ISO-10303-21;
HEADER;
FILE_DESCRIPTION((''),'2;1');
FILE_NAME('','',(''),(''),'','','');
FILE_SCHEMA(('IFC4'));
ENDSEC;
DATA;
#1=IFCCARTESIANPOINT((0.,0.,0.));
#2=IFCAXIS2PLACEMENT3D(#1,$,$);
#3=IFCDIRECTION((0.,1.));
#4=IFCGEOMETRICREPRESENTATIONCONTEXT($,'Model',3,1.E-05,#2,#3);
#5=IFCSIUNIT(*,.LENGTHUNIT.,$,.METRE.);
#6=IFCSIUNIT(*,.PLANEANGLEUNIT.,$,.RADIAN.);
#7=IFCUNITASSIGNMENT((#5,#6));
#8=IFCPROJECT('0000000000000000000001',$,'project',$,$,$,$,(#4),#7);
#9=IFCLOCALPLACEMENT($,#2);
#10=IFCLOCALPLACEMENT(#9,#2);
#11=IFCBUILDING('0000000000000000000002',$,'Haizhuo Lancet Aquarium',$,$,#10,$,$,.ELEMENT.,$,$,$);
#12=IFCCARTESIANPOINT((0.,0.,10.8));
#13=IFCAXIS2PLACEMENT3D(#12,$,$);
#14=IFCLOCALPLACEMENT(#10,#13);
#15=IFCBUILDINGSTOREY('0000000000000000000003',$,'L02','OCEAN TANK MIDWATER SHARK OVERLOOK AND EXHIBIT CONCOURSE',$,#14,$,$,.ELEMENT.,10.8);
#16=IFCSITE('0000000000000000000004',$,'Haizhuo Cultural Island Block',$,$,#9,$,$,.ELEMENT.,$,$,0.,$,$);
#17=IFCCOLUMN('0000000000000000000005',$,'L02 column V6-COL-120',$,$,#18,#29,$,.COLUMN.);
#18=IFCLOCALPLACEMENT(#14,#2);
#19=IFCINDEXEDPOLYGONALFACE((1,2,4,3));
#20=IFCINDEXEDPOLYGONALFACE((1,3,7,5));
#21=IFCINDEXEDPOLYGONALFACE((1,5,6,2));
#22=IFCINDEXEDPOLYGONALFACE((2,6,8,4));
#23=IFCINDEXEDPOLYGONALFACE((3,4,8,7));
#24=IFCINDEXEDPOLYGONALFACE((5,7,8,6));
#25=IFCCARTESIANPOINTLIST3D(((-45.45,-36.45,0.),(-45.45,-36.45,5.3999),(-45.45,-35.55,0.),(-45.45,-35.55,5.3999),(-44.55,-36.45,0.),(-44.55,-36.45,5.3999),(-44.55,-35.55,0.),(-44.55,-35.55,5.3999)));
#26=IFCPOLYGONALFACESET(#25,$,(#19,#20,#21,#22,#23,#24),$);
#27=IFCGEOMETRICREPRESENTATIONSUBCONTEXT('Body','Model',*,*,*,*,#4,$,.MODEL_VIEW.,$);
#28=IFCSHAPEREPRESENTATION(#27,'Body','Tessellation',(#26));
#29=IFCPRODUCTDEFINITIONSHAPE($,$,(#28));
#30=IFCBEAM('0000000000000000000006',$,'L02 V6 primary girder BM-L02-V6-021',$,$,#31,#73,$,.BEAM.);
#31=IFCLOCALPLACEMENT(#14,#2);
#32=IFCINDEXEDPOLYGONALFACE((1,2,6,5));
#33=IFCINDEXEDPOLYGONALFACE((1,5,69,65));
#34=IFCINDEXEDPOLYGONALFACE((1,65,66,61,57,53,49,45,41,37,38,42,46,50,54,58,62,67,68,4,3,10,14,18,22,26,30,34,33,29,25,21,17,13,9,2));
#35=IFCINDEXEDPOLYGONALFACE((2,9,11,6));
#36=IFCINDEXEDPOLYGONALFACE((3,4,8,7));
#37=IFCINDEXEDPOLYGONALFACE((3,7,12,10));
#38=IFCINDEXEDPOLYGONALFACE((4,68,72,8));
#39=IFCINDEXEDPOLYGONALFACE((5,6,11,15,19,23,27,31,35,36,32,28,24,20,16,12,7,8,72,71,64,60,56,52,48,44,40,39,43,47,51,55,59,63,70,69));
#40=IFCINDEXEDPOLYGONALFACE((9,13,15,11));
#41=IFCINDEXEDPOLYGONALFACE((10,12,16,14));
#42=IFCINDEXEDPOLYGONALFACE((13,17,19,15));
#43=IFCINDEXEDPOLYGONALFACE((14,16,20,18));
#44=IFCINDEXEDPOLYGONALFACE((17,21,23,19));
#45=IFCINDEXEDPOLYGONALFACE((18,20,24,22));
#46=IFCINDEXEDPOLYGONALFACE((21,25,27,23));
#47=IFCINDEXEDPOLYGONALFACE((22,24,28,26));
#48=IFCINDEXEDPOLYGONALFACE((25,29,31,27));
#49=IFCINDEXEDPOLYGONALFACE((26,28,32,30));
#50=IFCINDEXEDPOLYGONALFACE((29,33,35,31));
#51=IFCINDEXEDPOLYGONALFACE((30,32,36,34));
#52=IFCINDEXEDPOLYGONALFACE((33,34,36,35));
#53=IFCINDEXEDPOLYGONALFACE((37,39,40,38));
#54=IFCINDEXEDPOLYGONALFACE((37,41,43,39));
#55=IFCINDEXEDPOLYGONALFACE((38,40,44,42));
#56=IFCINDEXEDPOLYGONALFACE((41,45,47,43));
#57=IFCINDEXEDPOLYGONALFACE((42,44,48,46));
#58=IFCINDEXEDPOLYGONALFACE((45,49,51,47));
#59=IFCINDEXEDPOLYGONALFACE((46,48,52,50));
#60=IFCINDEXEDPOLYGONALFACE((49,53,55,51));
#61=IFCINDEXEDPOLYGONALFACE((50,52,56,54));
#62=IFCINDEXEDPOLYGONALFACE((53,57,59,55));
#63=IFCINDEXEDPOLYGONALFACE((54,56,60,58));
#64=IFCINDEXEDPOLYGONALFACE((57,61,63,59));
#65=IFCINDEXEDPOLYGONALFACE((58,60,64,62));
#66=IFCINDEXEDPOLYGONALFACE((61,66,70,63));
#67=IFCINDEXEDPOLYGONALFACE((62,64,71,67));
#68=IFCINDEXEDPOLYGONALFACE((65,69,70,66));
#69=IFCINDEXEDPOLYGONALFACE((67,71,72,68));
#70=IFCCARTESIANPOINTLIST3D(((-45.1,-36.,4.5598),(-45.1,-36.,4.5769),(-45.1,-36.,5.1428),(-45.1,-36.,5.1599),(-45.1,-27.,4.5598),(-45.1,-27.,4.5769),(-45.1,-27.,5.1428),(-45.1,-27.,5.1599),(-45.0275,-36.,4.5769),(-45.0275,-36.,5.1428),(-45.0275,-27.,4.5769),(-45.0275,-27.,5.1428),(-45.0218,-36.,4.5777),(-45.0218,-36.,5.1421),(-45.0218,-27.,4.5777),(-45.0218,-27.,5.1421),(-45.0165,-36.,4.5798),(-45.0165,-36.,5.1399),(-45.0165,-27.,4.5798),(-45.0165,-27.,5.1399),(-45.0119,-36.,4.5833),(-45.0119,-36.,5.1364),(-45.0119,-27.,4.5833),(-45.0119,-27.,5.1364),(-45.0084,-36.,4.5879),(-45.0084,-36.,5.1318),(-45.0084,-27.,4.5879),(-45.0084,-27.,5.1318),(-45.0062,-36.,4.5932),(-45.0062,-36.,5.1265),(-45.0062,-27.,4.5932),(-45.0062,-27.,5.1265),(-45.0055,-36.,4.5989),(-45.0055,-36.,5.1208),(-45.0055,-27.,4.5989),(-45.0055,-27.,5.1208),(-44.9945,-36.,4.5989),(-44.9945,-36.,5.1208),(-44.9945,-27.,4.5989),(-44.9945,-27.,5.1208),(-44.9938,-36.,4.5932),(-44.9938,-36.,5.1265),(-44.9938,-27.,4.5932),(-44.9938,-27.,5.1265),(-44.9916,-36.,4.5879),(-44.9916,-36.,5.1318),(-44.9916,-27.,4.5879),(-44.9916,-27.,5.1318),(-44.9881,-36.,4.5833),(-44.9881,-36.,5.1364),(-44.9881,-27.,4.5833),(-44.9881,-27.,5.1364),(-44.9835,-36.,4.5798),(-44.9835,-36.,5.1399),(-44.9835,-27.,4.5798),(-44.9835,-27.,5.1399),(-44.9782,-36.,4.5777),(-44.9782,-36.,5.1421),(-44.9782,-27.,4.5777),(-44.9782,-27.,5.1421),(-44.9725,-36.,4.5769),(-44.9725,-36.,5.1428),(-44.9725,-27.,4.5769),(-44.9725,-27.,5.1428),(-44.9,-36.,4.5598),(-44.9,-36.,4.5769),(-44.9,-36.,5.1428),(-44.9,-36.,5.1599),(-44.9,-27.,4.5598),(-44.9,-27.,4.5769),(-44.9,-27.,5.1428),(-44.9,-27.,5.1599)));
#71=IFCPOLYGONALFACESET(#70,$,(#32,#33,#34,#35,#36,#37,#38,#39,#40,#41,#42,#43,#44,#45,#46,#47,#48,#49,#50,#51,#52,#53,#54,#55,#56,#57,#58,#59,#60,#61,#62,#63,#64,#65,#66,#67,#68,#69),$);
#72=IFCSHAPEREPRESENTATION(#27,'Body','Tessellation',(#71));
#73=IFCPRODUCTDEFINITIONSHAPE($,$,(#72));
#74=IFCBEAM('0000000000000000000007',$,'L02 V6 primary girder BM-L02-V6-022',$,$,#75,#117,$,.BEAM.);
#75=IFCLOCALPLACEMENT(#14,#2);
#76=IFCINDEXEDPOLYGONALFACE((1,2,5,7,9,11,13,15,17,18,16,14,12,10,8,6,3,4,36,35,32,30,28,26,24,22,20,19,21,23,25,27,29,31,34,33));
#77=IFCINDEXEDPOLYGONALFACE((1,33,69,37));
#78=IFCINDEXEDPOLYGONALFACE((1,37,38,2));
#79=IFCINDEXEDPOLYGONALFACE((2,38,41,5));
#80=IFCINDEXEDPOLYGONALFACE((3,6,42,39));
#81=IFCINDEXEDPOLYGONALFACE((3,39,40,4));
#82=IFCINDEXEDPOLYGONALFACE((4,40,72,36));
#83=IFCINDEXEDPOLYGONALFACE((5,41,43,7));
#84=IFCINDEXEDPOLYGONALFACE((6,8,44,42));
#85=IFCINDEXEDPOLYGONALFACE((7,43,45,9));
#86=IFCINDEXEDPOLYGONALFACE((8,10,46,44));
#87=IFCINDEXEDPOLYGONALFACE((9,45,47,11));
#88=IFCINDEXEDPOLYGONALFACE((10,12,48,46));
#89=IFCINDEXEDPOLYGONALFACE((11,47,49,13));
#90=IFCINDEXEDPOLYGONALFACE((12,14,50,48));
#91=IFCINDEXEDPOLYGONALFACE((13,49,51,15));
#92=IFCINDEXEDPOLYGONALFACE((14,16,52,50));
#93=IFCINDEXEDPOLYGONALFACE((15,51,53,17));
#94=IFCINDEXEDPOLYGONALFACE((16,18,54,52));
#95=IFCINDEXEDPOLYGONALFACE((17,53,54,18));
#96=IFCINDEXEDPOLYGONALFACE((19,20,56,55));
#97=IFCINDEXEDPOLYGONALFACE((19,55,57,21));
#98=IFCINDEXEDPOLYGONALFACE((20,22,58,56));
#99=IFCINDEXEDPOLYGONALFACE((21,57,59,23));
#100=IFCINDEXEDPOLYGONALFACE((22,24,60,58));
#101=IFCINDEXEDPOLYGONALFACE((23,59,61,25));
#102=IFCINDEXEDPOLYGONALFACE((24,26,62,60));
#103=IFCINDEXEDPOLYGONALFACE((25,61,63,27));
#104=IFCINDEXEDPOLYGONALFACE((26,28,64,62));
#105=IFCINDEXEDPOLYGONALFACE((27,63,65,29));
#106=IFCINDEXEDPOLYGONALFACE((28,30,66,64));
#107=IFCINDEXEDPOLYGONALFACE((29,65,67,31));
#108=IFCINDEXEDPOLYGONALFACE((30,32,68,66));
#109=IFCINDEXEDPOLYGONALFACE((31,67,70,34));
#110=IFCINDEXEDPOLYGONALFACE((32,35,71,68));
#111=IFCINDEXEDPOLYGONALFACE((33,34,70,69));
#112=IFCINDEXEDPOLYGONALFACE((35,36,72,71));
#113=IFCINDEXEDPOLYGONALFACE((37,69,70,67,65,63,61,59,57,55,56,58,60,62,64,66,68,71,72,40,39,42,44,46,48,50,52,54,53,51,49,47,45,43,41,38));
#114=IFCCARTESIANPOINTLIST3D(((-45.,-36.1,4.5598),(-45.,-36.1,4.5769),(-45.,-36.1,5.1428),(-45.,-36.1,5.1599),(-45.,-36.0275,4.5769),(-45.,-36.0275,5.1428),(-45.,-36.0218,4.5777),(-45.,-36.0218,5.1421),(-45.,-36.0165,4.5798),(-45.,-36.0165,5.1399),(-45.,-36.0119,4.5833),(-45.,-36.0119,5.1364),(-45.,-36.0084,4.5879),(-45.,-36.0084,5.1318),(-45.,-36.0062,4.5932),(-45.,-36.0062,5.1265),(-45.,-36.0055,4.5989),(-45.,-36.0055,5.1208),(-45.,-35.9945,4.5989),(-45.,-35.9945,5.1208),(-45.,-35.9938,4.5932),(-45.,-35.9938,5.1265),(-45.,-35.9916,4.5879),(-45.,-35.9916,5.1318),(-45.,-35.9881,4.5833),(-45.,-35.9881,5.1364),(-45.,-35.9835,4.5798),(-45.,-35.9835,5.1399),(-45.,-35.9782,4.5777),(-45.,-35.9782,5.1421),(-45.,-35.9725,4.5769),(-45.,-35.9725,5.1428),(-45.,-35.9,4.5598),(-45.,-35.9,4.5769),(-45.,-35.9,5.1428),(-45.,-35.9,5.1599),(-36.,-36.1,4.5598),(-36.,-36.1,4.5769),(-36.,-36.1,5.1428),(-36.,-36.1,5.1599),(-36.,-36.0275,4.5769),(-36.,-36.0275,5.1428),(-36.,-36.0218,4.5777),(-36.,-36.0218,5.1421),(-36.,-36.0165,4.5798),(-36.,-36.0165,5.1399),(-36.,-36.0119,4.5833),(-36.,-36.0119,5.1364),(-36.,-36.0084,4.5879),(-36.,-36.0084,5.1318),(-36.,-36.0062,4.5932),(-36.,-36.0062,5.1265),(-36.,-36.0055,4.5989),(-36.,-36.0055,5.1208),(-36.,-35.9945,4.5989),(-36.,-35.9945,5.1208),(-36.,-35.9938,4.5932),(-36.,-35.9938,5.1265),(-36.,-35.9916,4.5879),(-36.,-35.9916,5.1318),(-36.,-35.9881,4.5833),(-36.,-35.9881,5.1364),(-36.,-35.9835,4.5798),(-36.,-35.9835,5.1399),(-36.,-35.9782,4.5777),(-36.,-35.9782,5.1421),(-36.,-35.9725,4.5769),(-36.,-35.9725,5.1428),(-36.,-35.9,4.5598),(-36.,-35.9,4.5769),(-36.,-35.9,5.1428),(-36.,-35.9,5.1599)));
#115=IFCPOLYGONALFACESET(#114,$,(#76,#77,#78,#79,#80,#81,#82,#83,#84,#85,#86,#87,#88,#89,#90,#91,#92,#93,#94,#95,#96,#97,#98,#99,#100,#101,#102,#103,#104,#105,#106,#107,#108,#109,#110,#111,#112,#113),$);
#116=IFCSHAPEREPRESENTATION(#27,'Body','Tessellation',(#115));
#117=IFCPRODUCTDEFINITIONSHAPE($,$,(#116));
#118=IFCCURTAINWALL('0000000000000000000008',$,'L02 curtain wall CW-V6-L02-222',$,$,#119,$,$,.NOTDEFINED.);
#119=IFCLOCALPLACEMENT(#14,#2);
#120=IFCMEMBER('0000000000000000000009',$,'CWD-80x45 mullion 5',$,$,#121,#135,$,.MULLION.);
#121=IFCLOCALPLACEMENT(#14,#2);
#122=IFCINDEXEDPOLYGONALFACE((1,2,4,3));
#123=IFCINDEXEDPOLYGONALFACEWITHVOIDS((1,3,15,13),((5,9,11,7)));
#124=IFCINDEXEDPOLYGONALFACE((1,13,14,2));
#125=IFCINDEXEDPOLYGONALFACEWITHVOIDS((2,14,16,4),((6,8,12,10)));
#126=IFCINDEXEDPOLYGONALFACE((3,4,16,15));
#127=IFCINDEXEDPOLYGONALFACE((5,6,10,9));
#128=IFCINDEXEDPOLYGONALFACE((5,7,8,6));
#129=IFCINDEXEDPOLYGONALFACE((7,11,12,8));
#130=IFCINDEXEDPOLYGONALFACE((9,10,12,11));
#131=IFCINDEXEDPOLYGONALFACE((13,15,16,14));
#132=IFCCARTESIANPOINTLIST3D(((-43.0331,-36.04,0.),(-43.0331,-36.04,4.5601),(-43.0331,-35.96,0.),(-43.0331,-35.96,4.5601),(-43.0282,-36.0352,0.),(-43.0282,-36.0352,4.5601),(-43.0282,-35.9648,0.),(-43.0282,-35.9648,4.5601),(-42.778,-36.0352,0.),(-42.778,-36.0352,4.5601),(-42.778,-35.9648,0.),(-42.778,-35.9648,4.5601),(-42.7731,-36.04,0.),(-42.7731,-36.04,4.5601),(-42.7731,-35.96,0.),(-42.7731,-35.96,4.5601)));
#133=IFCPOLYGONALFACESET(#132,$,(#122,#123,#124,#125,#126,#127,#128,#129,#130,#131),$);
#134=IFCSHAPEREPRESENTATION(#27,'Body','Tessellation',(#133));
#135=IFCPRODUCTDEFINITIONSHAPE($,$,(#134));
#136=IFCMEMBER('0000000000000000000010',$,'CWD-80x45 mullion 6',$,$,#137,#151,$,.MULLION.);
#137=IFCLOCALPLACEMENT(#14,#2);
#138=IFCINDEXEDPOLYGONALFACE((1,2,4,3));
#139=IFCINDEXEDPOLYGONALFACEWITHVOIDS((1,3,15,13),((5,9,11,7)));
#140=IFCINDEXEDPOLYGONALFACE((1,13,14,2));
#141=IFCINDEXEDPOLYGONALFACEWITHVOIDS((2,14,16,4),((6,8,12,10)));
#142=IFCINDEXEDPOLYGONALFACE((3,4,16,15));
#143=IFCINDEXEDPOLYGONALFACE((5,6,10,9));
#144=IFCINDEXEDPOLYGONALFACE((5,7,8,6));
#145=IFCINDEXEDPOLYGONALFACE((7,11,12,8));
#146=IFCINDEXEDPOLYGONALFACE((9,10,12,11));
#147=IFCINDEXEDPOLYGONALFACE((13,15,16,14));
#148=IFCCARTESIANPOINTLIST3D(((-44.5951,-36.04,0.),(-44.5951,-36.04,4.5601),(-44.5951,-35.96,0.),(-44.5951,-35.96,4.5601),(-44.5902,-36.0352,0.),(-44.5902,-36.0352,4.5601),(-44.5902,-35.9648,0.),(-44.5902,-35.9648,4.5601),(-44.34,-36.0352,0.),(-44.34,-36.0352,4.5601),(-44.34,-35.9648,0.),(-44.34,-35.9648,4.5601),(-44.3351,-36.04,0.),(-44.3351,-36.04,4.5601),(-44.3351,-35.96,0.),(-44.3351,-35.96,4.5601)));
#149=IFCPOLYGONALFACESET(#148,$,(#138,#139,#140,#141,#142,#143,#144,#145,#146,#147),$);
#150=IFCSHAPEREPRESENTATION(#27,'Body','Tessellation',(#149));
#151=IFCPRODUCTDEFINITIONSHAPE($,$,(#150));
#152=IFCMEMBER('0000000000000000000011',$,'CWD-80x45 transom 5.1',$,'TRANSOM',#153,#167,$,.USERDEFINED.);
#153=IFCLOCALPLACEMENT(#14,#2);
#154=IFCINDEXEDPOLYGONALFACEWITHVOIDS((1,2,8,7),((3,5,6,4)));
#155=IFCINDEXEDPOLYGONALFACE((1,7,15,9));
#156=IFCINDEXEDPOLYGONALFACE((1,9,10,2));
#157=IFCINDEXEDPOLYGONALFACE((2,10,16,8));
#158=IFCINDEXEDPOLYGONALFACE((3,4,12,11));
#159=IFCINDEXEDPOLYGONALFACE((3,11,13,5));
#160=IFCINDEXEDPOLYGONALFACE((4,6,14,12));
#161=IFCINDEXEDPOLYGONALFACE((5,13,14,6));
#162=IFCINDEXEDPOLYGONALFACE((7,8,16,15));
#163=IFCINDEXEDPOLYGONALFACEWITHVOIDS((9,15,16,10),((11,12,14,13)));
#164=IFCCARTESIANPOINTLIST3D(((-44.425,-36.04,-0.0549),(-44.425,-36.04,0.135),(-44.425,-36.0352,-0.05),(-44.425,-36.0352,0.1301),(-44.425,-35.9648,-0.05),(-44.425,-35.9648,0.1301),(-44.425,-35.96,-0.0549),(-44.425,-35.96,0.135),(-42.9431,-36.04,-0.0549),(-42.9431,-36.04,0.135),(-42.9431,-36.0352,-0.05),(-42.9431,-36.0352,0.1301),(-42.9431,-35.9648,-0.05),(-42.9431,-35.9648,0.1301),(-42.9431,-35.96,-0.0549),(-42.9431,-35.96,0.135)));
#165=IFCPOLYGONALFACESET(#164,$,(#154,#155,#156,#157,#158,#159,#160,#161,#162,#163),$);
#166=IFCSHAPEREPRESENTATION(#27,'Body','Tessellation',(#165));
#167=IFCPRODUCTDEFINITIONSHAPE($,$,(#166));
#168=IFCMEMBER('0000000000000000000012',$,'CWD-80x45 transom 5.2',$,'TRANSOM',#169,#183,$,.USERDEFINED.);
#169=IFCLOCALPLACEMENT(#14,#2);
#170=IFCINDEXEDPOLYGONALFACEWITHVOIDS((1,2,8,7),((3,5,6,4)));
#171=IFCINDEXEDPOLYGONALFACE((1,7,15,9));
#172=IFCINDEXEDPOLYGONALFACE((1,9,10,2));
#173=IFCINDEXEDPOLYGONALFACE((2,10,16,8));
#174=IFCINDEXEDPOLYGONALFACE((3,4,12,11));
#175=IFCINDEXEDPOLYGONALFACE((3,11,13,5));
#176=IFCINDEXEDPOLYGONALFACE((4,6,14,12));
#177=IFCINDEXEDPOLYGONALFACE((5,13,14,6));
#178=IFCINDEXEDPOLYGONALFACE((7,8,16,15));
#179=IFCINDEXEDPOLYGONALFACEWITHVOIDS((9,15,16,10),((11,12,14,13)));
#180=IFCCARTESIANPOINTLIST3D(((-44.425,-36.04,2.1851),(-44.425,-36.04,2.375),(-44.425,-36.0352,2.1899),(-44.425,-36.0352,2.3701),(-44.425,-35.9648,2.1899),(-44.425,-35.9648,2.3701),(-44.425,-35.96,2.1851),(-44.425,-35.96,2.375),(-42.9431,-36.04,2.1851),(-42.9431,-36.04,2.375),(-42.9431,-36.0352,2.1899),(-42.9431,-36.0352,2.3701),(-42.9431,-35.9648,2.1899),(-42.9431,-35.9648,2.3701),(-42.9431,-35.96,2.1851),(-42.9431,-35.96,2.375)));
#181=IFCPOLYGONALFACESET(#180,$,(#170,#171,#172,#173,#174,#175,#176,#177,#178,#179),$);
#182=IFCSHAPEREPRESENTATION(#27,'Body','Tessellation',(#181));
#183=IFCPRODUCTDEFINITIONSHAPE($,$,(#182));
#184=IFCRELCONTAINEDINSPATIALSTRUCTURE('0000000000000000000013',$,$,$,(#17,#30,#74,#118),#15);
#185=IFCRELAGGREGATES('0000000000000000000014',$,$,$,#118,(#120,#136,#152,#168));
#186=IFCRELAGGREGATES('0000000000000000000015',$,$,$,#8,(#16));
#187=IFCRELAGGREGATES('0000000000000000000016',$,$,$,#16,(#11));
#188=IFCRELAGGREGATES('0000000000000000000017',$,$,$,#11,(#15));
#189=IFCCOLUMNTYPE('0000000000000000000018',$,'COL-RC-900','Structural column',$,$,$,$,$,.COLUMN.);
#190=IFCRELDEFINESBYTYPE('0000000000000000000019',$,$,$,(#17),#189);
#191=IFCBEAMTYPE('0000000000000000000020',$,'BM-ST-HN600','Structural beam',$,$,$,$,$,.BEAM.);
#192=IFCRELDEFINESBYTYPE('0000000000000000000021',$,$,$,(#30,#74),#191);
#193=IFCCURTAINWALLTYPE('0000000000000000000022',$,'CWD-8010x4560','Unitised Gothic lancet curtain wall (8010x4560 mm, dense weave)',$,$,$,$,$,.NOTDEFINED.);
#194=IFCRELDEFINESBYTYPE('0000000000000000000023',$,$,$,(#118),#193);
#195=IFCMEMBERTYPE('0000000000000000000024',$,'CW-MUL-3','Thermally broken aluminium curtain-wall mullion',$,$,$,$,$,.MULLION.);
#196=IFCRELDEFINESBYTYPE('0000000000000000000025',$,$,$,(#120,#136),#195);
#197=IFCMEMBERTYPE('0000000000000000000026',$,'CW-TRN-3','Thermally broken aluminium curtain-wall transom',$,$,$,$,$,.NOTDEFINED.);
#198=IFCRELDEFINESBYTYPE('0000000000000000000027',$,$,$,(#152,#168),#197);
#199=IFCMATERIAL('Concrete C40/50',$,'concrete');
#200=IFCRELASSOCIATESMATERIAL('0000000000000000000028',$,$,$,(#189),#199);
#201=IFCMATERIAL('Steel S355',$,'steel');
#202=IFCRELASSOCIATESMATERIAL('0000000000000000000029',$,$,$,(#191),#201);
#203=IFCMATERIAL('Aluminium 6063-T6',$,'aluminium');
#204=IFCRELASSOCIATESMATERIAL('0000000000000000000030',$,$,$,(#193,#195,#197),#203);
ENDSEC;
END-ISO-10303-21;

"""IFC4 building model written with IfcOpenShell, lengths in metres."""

from ifc_helpers import new_model, si_unit, direction, frame, origin, origin_2d, place, context, subcontext, project, spatial, rectangle, hollow_rectangle, i_section, extrude, material, material_profile, profile_set, type_object, element, aggregate, save


model = new_model("IFC4")

# Units and contexts
model_context = context("Model", 3, precision=1e-05, world=origin(), true_north=direction((0.0, 1.0)))
body_context = subcontext(model_context, "Body", "Model", "MODEL_VIEW")
ifc_project = project(units=[si_unit("LENGTHUNIT", "METRE"), si_unit("PLANEANGLEUNIT", "RADIAN")], contexts=[model_context])

# Site, building, storey
site_placement = place(None, origin())
site = spatial("IfcSite", under=ifc_project, at=site_placement, Name="Haizhuo Cultural Island Block", CompositionType="ELEMENT", RefElevation=0.0)
building_placement = place(site_placement, origin())
building = spatial("IfcBuilding", under=site, at=building_placement, Name="Haizhuo Lancet Aquarium", CompositionType="ELEMENT")
storey_placement = place(building_placement, frame((0.0, 0.0, 10.8)))
storey = spatial("IfcBuildingStorey", under=building, at=storey_placement, Name="L02", Description="OCEAN TANK MIDWATER SHARK OVERLOOK AND EXHIBIT CONCOURSE", CompositionType="ELEMENT", Elevation=10.8)

# Column
ifc_material_1 = material(Name="Concrete C40/50", Category="concrete")
ifc_material_profile_1 = material_profile(ifc_material_1, rectangle(XDim=0.8999, YDim=0.8999, at=origin_2d()), Name="RC-COL 900x900")
ifc_profile_set_1 = profile_set([ifc_material_profile_1], Name="Concrete C40/50")
column_type = type_object("IfcColumnType", Name="COL-RC-900", Description="Structural column", PredefinedType="COLUMN", material=ifc_profile_set_1)
column_placement = place(storey_placement, frame((-45.0, -36.0, 0.0), z_axis=(0.0, 0.0, 1.0), x_axis=(1.0, 0.0, 0.0)))
element("IfcColumn", 1, at=column_placement, inside=storey, type_object=column_type, Name="L02 column V6-COL-120", PredefinedType="COLUMN", context=body_context, shape_type="SweptSolid", body=[
    extrude(rectangle(XDim=0.8999, YDim=0.8999, at=origin_2d()), origin(), (0.0, 0.0, 1.0), 5.3999),
])

# Beams
ifc_material_2 = material(Name="Steel S355", Category="steel")
ifc_material_profile_2 = material_profile(ifc_material_2, i_section(OverallWidth=0.2, OverallDepth=0.6001, WebThickness=0.011, FlangeThickness=0.0171, FilletRadius=0.022, at=origin_2d()), Name="HN 600x200x11x17")
ifc_profile_set_2 = profile_set([ifc_material_profile_2], Name="Steel S355")
beam_type = type_object("IfcBeamType", Name="BM-ST-HN600", Description="Structural beam", PredefinedType="BEAM", material=ifc_profile_set_2)
for number, where, z_axis, x_axis, name in (
    (2, (-45.0, -36.0, 4.8599), (0.0, 1.0, 0.0), (-1.0, 0.0, 0.0), "L02 V6 primary girder BM-L02-V6-021"),
    (3, (-45.0, -36.0, 4.8599), (1.0, 0.0, 0.0), (0.0, 1.0, 0.0), "L02 V6 primary girder BM-L02-V6-022"),
):
    element("IfcBeam", number, at=place(storey_placement, frame(where, z_axis=z_axis, x_axis=x_axis)), inside=storey, type_object=beam_type, Name=name, PredefinedType="BEAM", context=body_context, shape_type="SweptSolid", body=[
        extrude(i_section(OverallWidth=0.2, OverallDepth=0.6001, WebThickness=0.011, FlangeThickness=0.0171, FilletRadius=0.022, at=origin_2d()), origin(), (0.0, 0.0, 1.0), 9.0),
    ])

# Curtain wall, members
ifc_material_3 = material(Name="Aluminium 6063-T6", Category="aluminium")
curtain_wall_type = type_object("IfcCurtainWallType", Name="CWD-8010x4560", Description="Unitised Gothic lancet curtain wall (8010x4560 mm, dense weave)", PredefinedType="NOTDEFINED", material=ifc_material_3)
curtain_wall_placement = place(storey_placement, origin())
curtain_wall = element("IfcCurtainWall", 4, at=curtain_wall_placement, inside=storey, type_object=curtain_wall_type, Name="L02 curtain wall CW-V6-L02-222", PredefinedType="NOTDEFINED")
ifc_material_profile_3 = material_profile(ifc_material_3, hollow_rectangle(XDim=0.0801, YDim=0.26, WallThickness=0.0049, at=origin_2d()), Name="ALU-M 80x260x5")
ifc_profile_set_3 = profile_set([ifc_material_profile_3], Name="Aluminium 6063-T6")
member_type_1 = type_object("IfcMemberType", Name="CW-MUL-3", Description="Thermally broken aluminium curtain-wall mullion", PredefinedType="MULLION", material=ifc_profile_set_3)
member_1_placement = place(storey_placement, frame((-42.9031, -36.0, 0.0), z_axis=(0.0, 0.0, 1.0), x_axis=(0.0, -1.0, 0.0)))
member_1 = element("IfcMember", 5, at=member_1_placement, type_object=member_type_1, Name="CWD-80x45 mullion 5", PredefinedType="MULLION", context=body_context, shape_type="SweptSolid", body=[
    extrude(hollow_rectangle(XDim=0.0801, YDim=0.26, WallThickness=0.0049, at=origin_2d()), origin(), (0.0, 0.0, 1.0), 4.5601),
])
member_2_placement = place(storey_placement, frame((-44.4651, -36.0, 0.0), z_axis=(0.0, 0.0, 1.0), x_axis=(0.0, -1.0, 0.0)))
member_2 = element("IfcMember", 6, at=member_2_placement, type_object=member_type_1, Name="CWD-80x45 mullion 6", PredefinedType="MULLION", context=body_context, shape_type="SweptSolid", body=[
    extrude(hollow_rectangle(XDim=0.0801, YDim=0.26, WallThickness=0.0049, at=origin_2d()), origin(), (0.0, 0.0, 1.0), 4.5601),
])
ifc_material_profile_4 = material_profile(ifc_material_3, hollow_rectangle(XDim=0.0801, YDim=0.1899, WallThickness=0.0049, at=origin_2d()), Name="ALU-T 80x190x5")
ifc_profile_set_4 = profile_set([ifc_material_profile_4], Name="Aluminium 6063-T6")
member_type_2 = type_object("IfcMemberType", Name="CW-TRN-3", Description="Thermally broken aluminium curtain-wall transom", PredefinedType="NOTDEFINED", material=ifc_profile_set_4)
member_3_placement = place(storey_placement, frame((-42.9431, -36.0, 0.04), z_axis=(-1.0, 0.0, 0.0), x_axis=(0.0, -1.0, 0.0)))
member_3 = element("IfcMember", 7, at=member_3_placement, type_object=member_type_2, Name="CWD-80x45 transom 5.1", ObjectType="TRANSOM", PredefinedType="USERDEFINED", context=body_context, shape_type="SweptSolid", body=[
    extrude(hollow_rectangle(XDim=0.0801, YDim=0.1899, WallThickness=0.0049, at=origin_2d()), origin(), (0.0, 0.0, 1.0), 1.4819),
])
member_4_placement = place(storey_placement, frame((-42.9431, -36.0, 2.28), z_axis=(-1.0, 0.0, 0.0), x_axis=(0.0, -1.0, 0.0)))
member_4 = element("IfcMember", 8, at=member_4_placement, type_object=member_type_2, Name="CWD-80x45 transom 5.2", ObjectType="TRANSOM", PredefinedType="USERDEFINED", context=body_context, shape_type="SweptSolid", body=[
    extrude(hollow_rectangle(XDim=0.0801, YDim=0.1899, WallThickness=0.0049, at=origin_2d()), origin(), (0.0, 0.0, 1.0), 1.4819),
])

aggregate(curtain_wall, [member_1, member_2, member_3, member_4])

save(model, "model.ifc")
